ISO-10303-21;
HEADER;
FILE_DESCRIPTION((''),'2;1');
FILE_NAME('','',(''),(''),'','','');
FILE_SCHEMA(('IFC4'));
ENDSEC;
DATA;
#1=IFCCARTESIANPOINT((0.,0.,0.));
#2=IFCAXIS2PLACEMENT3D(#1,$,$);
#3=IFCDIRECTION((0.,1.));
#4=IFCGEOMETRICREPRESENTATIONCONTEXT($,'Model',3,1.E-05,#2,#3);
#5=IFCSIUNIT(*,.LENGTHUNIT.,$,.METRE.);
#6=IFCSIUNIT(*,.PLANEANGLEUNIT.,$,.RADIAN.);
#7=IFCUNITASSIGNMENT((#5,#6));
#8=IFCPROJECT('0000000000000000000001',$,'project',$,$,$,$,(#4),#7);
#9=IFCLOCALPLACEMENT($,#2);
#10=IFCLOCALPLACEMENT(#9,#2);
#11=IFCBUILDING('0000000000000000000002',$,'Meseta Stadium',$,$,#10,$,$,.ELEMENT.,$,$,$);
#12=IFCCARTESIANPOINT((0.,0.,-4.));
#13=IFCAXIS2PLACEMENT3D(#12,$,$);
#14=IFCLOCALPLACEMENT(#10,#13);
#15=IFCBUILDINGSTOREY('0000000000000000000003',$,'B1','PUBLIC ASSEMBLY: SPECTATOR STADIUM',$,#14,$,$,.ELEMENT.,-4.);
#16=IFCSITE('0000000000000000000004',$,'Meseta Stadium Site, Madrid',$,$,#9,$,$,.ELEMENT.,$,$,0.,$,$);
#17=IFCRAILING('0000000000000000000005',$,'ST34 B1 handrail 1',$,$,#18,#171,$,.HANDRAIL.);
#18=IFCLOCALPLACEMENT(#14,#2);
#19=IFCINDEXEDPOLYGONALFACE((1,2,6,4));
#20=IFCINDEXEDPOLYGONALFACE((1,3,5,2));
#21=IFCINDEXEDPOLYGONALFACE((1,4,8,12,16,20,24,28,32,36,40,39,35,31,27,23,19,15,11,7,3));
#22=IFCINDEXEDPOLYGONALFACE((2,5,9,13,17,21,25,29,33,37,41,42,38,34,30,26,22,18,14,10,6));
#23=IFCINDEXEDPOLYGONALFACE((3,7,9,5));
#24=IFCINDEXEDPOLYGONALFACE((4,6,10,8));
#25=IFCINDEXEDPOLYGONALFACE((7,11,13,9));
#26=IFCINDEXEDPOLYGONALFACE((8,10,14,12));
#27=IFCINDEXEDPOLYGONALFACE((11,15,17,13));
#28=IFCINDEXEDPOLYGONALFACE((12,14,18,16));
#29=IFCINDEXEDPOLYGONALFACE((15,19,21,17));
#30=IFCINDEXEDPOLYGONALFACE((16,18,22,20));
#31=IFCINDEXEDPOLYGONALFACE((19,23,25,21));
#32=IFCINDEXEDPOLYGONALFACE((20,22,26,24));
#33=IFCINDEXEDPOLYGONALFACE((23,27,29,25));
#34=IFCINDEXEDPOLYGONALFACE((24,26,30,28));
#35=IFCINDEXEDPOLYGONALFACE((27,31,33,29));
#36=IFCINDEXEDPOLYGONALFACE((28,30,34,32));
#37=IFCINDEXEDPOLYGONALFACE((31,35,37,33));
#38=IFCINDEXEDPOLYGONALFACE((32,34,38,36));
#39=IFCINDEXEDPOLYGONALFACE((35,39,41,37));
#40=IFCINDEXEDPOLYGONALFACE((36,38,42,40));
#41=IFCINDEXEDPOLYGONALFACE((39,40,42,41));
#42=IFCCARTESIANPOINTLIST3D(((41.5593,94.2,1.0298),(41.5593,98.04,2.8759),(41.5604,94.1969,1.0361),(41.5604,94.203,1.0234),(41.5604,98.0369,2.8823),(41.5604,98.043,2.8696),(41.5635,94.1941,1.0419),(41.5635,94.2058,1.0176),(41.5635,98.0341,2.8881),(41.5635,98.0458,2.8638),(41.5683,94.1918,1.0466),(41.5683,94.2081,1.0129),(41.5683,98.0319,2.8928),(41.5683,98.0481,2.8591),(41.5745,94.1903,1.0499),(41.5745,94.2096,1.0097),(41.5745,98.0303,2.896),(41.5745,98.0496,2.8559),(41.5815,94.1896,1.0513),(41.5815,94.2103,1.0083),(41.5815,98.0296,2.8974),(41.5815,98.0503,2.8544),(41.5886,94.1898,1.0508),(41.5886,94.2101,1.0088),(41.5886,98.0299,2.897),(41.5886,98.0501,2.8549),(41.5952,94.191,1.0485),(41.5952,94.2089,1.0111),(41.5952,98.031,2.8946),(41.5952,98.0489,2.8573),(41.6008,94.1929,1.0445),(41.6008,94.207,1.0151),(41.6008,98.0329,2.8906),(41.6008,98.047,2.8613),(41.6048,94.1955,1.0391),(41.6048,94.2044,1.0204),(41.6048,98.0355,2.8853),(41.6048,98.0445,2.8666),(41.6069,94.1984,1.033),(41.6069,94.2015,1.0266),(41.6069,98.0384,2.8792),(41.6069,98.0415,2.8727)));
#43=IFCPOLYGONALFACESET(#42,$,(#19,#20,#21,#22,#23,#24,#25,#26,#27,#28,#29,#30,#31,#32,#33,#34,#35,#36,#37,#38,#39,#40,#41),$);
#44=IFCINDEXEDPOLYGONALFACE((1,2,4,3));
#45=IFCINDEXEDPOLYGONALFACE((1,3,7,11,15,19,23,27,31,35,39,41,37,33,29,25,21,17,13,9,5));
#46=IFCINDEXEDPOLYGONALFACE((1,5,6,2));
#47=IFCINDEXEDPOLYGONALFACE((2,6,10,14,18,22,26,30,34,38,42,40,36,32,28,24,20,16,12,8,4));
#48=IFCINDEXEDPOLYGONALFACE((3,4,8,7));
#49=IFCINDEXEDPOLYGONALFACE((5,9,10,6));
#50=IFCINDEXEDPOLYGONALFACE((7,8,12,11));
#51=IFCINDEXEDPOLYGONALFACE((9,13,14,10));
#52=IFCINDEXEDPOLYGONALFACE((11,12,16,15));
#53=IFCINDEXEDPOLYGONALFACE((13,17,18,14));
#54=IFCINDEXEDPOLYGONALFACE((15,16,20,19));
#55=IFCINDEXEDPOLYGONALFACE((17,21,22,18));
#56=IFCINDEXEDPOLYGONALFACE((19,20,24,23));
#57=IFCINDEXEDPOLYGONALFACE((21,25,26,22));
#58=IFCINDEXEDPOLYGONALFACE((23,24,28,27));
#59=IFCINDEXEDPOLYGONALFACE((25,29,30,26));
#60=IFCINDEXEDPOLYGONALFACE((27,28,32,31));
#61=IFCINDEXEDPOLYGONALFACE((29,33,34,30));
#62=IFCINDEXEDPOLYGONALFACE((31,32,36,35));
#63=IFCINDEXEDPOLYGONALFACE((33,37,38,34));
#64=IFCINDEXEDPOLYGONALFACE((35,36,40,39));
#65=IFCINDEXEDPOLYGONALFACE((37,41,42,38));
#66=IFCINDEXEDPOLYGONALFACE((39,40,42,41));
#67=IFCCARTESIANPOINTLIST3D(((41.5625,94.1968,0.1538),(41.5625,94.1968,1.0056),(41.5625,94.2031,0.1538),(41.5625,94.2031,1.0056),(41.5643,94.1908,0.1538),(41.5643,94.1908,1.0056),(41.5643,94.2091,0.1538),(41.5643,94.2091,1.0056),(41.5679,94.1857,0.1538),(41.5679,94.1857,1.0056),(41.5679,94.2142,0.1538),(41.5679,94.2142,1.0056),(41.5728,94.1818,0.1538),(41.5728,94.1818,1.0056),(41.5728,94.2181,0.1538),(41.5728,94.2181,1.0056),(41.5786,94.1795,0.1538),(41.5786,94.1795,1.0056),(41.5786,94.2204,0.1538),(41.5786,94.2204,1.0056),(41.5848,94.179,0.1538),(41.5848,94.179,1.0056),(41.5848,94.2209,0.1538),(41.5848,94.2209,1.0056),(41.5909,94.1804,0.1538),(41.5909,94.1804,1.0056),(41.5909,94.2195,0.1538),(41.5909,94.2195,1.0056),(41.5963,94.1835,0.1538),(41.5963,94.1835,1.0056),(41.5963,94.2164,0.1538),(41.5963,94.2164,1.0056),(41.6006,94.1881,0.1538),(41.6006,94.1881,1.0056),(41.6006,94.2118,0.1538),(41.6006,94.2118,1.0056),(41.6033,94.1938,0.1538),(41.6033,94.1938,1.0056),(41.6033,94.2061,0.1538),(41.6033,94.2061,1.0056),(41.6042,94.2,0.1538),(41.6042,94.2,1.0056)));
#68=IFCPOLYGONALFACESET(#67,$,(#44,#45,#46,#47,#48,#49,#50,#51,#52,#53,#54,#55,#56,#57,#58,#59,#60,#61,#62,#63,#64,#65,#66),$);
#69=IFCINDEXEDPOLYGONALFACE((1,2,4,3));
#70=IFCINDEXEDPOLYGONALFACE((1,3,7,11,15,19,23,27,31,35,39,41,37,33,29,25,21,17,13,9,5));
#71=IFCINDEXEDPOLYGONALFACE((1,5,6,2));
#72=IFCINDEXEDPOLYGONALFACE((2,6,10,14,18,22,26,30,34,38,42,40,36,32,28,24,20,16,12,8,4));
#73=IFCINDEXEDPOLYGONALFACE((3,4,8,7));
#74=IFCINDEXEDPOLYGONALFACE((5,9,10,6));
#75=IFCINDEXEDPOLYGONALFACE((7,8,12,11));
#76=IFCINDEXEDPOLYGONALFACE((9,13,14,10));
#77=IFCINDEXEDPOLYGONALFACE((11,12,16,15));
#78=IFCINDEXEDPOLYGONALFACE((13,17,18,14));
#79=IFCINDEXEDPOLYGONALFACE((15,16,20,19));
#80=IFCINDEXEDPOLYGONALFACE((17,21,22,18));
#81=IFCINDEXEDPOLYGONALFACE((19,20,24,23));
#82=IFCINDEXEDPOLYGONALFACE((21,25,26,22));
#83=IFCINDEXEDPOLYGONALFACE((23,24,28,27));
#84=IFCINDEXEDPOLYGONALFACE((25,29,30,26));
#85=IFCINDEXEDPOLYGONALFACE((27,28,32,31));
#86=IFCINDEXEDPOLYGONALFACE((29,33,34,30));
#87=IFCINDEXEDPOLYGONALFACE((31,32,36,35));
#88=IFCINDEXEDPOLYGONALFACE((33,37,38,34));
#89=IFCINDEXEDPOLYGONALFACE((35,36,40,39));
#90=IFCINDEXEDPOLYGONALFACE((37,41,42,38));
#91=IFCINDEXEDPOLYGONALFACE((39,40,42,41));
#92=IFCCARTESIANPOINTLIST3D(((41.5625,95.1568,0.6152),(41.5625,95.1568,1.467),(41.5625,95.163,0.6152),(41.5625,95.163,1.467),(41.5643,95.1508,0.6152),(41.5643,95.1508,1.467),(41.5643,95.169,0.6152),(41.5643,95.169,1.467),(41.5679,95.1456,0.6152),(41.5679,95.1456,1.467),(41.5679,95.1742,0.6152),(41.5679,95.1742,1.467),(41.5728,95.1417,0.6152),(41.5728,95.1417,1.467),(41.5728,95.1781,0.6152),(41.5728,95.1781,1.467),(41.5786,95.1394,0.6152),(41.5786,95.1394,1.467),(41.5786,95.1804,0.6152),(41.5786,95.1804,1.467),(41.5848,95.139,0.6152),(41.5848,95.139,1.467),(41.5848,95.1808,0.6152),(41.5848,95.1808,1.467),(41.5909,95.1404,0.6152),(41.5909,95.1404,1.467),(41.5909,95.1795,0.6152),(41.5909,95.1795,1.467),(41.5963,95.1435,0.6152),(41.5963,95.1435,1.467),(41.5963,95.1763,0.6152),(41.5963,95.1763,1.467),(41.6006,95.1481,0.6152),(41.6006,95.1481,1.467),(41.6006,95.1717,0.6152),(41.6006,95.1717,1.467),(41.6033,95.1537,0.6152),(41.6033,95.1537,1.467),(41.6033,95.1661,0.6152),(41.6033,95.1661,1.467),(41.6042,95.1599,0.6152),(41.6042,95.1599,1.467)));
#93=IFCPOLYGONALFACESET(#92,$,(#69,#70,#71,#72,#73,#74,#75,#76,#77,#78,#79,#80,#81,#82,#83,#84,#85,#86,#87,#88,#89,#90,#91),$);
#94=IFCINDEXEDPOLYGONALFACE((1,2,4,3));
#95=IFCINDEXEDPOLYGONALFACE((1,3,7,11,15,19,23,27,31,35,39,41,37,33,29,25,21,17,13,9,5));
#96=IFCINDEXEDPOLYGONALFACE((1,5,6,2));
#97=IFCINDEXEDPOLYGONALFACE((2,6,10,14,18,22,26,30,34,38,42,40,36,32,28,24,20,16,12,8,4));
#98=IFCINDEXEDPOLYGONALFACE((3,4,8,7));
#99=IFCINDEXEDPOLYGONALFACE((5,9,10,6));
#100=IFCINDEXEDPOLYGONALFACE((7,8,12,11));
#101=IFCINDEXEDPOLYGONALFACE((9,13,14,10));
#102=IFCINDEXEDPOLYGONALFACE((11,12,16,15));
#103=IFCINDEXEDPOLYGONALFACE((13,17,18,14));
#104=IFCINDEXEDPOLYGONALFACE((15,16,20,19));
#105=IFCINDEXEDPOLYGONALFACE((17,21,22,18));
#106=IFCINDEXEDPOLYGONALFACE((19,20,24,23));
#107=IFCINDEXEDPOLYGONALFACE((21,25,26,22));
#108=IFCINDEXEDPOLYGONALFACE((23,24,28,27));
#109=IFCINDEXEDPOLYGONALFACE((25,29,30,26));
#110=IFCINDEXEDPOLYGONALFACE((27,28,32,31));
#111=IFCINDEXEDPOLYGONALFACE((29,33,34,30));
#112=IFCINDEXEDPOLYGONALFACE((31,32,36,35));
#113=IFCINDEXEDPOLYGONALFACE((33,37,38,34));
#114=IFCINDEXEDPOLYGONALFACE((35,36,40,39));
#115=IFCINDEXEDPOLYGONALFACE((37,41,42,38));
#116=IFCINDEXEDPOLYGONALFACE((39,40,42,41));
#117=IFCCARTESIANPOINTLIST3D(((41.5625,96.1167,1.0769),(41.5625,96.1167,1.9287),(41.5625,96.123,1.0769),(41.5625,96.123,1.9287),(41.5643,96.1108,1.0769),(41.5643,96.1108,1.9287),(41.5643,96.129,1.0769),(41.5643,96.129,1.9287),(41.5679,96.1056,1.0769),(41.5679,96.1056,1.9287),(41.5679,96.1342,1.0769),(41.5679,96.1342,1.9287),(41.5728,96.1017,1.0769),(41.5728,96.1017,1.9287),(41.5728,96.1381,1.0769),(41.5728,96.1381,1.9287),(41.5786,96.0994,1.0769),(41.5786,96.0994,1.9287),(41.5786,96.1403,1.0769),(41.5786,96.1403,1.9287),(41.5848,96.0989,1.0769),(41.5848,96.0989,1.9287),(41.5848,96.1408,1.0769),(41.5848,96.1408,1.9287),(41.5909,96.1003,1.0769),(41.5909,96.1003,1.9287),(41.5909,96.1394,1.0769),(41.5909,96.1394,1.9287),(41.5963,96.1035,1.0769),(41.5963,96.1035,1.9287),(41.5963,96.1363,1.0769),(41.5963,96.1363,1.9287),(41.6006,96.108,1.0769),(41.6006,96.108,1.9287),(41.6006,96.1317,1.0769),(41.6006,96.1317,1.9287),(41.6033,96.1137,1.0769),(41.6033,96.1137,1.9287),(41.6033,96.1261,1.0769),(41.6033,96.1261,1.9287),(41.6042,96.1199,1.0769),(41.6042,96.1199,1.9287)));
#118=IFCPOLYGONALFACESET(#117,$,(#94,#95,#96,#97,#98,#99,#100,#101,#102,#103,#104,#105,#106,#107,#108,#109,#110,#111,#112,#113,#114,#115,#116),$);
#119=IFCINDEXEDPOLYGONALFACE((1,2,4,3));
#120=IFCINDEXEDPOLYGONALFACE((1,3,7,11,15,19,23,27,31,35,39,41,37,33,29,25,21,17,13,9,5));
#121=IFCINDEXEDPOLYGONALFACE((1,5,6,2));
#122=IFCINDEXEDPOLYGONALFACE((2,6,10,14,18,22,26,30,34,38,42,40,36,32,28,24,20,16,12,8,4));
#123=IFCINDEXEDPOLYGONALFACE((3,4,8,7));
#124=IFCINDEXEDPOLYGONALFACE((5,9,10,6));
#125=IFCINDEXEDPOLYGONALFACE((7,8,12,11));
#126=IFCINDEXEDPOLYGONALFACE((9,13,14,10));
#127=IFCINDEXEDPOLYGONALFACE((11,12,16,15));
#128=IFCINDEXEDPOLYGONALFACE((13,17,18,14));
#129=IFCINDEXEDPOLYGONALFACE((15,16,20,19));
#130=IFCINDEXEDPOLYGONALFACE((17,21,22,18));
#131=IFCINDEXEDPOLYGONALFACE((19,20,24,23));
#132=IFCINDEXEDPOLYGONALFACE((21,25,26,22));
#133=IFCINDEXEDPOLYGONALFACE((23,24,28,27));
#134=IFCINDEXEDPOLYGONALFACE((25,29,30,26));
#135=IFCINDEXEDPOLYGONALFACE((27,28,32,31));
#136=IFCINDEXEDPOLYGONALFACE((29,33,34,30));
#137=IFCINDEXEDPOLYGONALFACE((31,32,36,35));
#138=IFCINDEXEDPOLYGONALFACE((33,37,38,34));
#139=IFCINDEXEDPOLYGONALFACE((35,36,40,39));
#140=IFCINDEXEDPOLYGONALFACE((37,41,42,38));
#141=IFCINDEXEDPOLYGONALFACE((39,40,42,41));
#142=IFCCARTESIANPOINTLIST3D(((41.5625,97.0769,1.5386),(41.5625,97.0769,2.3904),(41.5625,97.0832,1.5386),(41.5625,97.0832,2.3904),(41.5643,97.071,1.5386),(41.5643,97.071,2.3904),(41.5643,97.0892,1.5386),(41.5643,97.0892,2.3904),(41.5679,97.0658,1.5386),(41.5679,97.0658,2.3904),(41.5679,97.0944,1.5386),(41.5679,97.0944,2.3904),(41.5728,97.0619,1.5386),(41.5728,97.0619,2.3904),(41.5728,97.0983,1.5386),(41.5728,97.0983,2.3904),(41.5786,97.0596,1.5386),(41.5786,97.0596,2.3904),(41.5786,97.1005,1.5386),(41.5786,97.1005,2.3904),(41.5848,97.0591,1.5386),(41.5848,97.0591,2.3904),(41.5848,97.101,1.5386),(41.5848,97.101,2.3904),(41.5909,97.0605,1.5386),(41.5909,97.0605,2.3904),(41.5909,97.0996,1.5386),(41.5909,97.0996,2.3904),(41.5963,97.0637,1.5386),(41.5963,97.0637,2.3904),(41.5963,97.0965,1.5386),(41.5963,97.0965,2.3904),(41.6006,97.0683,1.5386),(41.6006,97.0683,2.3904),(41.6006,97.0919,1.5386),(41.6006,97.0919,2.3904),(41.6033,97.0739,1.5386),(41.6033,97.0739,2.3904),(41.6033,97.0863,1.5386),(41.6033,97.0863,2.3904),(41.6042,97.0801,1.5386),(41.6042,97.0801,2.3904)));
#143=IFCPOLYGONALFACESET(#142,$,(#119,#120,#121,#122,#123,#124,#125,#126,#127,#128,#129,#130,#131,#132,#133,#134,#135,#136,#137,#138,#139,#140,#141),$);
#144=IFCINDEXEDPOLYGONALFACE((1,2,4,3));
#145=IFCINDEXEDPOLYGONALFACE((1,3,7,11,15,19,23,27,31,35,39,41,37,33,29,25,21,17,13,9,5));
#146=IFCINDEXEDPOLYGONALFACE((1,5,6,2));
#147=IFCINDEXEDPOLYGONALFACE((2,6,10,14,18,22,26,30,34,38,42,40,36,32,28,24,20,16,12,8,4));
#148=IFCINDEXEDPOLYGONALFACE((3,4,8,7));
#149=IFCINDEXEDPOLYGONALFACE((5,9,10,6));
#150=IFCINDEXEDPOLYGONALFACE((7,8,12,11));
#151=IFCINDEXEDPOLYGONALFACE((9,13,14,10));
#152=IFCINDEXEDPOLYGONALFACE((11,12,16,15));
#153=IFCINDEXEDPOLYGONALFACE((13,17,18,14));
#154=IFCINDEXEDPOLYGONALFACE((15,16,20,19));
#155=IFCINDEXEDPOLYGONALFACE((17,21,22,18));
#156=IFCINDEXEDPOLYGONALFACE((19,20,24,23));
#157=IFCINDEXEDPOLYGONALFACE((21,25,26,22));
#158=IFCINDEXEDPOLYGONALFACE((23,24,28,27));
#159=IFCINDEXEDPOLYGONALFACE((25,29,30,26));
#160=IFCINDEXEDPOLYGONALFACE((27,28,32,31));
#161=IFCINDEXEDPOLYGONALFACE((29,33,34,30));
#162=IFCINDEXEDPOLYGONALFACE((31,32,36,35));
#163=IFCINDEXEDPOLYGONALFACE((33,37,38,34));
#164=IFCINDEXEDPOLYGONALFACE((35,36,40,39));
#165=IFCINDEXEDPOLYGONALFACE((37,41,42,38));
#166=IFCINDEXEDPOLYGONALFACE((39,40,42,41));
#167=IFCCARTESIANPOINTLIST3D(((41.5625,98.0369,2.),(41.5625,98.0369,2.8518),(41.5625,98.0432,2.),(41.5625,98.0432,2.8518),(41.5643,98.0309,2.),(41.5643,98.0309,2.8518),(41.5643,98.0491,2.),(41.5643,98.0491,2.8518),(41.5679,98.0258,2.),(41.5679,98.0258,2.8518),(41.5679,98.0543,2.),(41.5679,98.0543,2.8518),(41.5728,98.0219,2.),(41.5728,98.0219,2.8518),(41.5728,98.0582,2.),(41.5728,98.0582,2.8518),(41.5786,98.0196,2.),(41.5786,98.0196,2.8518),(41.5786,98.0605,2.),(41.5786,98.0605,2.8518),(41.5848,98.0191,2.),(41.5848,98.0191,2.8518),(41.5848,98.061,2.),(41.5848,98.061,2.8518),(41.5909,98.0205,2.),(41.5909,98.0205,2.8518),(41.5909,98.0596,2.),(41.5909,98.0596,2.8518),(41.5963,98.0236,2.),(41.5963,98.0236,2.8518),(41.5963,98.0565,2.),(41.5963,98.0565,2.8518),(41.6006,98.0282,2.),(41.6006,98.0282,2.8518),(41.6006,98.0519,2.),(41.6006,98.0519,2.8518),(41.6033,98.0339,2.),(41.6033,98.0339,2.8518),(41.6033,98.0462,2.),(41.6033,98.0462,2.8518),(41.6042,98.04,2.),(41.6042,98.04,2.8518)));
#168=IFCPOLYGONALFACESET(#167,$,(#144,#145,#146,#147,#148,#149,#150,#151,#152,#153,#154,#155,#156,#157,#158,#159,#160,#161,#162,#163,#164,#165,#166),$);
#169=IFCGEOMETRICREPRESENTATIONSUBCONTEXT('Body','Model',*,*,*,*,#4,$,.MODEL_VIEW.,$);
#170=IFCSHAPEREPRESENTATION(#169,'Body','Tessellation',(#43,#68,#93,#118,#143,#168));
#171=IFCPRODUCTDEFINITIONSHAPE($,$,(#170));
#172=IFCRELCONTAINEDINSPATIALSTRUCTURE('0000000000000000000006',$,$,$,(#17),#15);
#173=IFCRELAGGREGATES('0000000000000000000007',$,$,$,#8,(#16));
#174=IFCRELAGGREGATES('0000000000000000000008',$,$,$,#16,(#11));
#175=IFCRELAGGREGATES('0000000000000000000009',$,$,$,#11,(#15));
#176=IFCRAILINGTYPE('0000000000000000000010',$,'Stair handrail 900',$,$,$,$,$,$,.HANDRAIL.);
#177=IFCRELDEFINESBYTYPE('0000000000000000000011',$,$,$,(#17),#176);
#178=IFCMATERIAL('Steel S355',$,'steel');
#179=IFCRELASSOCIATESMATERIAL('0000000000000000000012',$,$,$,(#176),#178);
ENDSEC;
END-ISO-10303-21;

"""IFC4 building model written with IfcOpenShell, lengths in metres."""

from ifc_helpers import new_model, si_unit, direction, frame, origin, origin_2d, place, context, subcontext, project, spatial, circle, extrude, material, type_object, element, save


model = new_model("IFC4")

# Units and contexts
model_context = context("Model", 3, precision=1e-05, world=origin(), true_north=direction((0.0, 1.0)))
body_context = subcontext(model_context, "Body", "Model", "MODEL_VIEW")
ifc_project = project(units=[si_unit("LENGTHUNIT", "METRE"), si_unit("PLANEANGLEUNIT", "RADIAN")], contexts=[model_context])

# Site, building, storey
site_placement = place(None, origin())
site = spatial("IfcSite", under=ifc_project, at=site_placement, Name="Meseta Stadium Site, Madrid", CompositionType="ELEMENT", RefElevation=0.0)
building_placement = place(site_placement, origin())
building = spatial("IfcBuilding", under=site, at=building_placement, Name="Meseta Stadium", CompositionType="ELEMENT")
storey_placement = place(building_placement, frame((0.0, 0.0, -4.0)))
storey = spatial("IfcBuildingStorey", under=building, at=storey_placement, Name="B1", Description="PUBLIC ASSEMBLY: SPECTATOR STADIUM", CompositionType="ELEMENT", Elevation=-4.0)

# Railing
ifc_material_1 = material(Name="Steel S355", Category="steel")
railing_type_1 = type_object("IfcRailingType", Name="Stair handrail 900", PredefinedType="HANDRAIL", material=ifc_material_1)
railing_1_placement = place(storey_placement, frame((41.5833, 94.2, 0.1538)))
element("IfcRailing", 1, at=railing_1_placement, inside=storey, type_object=railing_type_1, Name="ST34 B1 handrail 1", PredefinedType="HANDRAIL", context=body_context, shape_type="SweptSolid", body=[
    extrude(circle(Radius=0.0239, at=origin_2d()), frame((0.0, 0.0, 0.876), z_axis=(0.0, 0.901253, 0.433294), x_axis=(-1.0, 0.0, 0.0)), (0.0, 0.0, 1.0), 4.2607),
    extrude(circle(Radius=0.021, at=origin_2d()), origin(), (0.0, 0.0, 1.0), 0.8518),
    extrude(circle(Radius=0.021, at=origin_2d()), frame((0.0, 0.96, 0.4614)), (0.0, 0.0, 1.0), 0.8518),
    extrude(circle(Radius=0.021, at=origin_2d()), frame((0.0, 1.9199, 0.9231)), (0.0, 0.0, 1.0), 0.8518),
    extrude(circle(Radius=0.021, at=origin_2d()), frame((0.0, 2.8801, 1.3848)), (0.0, 0.0, 1.0), 0.8518),
    extrude(circle(Radius=0.021, at=origin_2d()), frame((0.0, 3.8401, 1.8462)), (0.0, 0.0, 1.0), 0.8518),
])

save(model, "model.ifc")
